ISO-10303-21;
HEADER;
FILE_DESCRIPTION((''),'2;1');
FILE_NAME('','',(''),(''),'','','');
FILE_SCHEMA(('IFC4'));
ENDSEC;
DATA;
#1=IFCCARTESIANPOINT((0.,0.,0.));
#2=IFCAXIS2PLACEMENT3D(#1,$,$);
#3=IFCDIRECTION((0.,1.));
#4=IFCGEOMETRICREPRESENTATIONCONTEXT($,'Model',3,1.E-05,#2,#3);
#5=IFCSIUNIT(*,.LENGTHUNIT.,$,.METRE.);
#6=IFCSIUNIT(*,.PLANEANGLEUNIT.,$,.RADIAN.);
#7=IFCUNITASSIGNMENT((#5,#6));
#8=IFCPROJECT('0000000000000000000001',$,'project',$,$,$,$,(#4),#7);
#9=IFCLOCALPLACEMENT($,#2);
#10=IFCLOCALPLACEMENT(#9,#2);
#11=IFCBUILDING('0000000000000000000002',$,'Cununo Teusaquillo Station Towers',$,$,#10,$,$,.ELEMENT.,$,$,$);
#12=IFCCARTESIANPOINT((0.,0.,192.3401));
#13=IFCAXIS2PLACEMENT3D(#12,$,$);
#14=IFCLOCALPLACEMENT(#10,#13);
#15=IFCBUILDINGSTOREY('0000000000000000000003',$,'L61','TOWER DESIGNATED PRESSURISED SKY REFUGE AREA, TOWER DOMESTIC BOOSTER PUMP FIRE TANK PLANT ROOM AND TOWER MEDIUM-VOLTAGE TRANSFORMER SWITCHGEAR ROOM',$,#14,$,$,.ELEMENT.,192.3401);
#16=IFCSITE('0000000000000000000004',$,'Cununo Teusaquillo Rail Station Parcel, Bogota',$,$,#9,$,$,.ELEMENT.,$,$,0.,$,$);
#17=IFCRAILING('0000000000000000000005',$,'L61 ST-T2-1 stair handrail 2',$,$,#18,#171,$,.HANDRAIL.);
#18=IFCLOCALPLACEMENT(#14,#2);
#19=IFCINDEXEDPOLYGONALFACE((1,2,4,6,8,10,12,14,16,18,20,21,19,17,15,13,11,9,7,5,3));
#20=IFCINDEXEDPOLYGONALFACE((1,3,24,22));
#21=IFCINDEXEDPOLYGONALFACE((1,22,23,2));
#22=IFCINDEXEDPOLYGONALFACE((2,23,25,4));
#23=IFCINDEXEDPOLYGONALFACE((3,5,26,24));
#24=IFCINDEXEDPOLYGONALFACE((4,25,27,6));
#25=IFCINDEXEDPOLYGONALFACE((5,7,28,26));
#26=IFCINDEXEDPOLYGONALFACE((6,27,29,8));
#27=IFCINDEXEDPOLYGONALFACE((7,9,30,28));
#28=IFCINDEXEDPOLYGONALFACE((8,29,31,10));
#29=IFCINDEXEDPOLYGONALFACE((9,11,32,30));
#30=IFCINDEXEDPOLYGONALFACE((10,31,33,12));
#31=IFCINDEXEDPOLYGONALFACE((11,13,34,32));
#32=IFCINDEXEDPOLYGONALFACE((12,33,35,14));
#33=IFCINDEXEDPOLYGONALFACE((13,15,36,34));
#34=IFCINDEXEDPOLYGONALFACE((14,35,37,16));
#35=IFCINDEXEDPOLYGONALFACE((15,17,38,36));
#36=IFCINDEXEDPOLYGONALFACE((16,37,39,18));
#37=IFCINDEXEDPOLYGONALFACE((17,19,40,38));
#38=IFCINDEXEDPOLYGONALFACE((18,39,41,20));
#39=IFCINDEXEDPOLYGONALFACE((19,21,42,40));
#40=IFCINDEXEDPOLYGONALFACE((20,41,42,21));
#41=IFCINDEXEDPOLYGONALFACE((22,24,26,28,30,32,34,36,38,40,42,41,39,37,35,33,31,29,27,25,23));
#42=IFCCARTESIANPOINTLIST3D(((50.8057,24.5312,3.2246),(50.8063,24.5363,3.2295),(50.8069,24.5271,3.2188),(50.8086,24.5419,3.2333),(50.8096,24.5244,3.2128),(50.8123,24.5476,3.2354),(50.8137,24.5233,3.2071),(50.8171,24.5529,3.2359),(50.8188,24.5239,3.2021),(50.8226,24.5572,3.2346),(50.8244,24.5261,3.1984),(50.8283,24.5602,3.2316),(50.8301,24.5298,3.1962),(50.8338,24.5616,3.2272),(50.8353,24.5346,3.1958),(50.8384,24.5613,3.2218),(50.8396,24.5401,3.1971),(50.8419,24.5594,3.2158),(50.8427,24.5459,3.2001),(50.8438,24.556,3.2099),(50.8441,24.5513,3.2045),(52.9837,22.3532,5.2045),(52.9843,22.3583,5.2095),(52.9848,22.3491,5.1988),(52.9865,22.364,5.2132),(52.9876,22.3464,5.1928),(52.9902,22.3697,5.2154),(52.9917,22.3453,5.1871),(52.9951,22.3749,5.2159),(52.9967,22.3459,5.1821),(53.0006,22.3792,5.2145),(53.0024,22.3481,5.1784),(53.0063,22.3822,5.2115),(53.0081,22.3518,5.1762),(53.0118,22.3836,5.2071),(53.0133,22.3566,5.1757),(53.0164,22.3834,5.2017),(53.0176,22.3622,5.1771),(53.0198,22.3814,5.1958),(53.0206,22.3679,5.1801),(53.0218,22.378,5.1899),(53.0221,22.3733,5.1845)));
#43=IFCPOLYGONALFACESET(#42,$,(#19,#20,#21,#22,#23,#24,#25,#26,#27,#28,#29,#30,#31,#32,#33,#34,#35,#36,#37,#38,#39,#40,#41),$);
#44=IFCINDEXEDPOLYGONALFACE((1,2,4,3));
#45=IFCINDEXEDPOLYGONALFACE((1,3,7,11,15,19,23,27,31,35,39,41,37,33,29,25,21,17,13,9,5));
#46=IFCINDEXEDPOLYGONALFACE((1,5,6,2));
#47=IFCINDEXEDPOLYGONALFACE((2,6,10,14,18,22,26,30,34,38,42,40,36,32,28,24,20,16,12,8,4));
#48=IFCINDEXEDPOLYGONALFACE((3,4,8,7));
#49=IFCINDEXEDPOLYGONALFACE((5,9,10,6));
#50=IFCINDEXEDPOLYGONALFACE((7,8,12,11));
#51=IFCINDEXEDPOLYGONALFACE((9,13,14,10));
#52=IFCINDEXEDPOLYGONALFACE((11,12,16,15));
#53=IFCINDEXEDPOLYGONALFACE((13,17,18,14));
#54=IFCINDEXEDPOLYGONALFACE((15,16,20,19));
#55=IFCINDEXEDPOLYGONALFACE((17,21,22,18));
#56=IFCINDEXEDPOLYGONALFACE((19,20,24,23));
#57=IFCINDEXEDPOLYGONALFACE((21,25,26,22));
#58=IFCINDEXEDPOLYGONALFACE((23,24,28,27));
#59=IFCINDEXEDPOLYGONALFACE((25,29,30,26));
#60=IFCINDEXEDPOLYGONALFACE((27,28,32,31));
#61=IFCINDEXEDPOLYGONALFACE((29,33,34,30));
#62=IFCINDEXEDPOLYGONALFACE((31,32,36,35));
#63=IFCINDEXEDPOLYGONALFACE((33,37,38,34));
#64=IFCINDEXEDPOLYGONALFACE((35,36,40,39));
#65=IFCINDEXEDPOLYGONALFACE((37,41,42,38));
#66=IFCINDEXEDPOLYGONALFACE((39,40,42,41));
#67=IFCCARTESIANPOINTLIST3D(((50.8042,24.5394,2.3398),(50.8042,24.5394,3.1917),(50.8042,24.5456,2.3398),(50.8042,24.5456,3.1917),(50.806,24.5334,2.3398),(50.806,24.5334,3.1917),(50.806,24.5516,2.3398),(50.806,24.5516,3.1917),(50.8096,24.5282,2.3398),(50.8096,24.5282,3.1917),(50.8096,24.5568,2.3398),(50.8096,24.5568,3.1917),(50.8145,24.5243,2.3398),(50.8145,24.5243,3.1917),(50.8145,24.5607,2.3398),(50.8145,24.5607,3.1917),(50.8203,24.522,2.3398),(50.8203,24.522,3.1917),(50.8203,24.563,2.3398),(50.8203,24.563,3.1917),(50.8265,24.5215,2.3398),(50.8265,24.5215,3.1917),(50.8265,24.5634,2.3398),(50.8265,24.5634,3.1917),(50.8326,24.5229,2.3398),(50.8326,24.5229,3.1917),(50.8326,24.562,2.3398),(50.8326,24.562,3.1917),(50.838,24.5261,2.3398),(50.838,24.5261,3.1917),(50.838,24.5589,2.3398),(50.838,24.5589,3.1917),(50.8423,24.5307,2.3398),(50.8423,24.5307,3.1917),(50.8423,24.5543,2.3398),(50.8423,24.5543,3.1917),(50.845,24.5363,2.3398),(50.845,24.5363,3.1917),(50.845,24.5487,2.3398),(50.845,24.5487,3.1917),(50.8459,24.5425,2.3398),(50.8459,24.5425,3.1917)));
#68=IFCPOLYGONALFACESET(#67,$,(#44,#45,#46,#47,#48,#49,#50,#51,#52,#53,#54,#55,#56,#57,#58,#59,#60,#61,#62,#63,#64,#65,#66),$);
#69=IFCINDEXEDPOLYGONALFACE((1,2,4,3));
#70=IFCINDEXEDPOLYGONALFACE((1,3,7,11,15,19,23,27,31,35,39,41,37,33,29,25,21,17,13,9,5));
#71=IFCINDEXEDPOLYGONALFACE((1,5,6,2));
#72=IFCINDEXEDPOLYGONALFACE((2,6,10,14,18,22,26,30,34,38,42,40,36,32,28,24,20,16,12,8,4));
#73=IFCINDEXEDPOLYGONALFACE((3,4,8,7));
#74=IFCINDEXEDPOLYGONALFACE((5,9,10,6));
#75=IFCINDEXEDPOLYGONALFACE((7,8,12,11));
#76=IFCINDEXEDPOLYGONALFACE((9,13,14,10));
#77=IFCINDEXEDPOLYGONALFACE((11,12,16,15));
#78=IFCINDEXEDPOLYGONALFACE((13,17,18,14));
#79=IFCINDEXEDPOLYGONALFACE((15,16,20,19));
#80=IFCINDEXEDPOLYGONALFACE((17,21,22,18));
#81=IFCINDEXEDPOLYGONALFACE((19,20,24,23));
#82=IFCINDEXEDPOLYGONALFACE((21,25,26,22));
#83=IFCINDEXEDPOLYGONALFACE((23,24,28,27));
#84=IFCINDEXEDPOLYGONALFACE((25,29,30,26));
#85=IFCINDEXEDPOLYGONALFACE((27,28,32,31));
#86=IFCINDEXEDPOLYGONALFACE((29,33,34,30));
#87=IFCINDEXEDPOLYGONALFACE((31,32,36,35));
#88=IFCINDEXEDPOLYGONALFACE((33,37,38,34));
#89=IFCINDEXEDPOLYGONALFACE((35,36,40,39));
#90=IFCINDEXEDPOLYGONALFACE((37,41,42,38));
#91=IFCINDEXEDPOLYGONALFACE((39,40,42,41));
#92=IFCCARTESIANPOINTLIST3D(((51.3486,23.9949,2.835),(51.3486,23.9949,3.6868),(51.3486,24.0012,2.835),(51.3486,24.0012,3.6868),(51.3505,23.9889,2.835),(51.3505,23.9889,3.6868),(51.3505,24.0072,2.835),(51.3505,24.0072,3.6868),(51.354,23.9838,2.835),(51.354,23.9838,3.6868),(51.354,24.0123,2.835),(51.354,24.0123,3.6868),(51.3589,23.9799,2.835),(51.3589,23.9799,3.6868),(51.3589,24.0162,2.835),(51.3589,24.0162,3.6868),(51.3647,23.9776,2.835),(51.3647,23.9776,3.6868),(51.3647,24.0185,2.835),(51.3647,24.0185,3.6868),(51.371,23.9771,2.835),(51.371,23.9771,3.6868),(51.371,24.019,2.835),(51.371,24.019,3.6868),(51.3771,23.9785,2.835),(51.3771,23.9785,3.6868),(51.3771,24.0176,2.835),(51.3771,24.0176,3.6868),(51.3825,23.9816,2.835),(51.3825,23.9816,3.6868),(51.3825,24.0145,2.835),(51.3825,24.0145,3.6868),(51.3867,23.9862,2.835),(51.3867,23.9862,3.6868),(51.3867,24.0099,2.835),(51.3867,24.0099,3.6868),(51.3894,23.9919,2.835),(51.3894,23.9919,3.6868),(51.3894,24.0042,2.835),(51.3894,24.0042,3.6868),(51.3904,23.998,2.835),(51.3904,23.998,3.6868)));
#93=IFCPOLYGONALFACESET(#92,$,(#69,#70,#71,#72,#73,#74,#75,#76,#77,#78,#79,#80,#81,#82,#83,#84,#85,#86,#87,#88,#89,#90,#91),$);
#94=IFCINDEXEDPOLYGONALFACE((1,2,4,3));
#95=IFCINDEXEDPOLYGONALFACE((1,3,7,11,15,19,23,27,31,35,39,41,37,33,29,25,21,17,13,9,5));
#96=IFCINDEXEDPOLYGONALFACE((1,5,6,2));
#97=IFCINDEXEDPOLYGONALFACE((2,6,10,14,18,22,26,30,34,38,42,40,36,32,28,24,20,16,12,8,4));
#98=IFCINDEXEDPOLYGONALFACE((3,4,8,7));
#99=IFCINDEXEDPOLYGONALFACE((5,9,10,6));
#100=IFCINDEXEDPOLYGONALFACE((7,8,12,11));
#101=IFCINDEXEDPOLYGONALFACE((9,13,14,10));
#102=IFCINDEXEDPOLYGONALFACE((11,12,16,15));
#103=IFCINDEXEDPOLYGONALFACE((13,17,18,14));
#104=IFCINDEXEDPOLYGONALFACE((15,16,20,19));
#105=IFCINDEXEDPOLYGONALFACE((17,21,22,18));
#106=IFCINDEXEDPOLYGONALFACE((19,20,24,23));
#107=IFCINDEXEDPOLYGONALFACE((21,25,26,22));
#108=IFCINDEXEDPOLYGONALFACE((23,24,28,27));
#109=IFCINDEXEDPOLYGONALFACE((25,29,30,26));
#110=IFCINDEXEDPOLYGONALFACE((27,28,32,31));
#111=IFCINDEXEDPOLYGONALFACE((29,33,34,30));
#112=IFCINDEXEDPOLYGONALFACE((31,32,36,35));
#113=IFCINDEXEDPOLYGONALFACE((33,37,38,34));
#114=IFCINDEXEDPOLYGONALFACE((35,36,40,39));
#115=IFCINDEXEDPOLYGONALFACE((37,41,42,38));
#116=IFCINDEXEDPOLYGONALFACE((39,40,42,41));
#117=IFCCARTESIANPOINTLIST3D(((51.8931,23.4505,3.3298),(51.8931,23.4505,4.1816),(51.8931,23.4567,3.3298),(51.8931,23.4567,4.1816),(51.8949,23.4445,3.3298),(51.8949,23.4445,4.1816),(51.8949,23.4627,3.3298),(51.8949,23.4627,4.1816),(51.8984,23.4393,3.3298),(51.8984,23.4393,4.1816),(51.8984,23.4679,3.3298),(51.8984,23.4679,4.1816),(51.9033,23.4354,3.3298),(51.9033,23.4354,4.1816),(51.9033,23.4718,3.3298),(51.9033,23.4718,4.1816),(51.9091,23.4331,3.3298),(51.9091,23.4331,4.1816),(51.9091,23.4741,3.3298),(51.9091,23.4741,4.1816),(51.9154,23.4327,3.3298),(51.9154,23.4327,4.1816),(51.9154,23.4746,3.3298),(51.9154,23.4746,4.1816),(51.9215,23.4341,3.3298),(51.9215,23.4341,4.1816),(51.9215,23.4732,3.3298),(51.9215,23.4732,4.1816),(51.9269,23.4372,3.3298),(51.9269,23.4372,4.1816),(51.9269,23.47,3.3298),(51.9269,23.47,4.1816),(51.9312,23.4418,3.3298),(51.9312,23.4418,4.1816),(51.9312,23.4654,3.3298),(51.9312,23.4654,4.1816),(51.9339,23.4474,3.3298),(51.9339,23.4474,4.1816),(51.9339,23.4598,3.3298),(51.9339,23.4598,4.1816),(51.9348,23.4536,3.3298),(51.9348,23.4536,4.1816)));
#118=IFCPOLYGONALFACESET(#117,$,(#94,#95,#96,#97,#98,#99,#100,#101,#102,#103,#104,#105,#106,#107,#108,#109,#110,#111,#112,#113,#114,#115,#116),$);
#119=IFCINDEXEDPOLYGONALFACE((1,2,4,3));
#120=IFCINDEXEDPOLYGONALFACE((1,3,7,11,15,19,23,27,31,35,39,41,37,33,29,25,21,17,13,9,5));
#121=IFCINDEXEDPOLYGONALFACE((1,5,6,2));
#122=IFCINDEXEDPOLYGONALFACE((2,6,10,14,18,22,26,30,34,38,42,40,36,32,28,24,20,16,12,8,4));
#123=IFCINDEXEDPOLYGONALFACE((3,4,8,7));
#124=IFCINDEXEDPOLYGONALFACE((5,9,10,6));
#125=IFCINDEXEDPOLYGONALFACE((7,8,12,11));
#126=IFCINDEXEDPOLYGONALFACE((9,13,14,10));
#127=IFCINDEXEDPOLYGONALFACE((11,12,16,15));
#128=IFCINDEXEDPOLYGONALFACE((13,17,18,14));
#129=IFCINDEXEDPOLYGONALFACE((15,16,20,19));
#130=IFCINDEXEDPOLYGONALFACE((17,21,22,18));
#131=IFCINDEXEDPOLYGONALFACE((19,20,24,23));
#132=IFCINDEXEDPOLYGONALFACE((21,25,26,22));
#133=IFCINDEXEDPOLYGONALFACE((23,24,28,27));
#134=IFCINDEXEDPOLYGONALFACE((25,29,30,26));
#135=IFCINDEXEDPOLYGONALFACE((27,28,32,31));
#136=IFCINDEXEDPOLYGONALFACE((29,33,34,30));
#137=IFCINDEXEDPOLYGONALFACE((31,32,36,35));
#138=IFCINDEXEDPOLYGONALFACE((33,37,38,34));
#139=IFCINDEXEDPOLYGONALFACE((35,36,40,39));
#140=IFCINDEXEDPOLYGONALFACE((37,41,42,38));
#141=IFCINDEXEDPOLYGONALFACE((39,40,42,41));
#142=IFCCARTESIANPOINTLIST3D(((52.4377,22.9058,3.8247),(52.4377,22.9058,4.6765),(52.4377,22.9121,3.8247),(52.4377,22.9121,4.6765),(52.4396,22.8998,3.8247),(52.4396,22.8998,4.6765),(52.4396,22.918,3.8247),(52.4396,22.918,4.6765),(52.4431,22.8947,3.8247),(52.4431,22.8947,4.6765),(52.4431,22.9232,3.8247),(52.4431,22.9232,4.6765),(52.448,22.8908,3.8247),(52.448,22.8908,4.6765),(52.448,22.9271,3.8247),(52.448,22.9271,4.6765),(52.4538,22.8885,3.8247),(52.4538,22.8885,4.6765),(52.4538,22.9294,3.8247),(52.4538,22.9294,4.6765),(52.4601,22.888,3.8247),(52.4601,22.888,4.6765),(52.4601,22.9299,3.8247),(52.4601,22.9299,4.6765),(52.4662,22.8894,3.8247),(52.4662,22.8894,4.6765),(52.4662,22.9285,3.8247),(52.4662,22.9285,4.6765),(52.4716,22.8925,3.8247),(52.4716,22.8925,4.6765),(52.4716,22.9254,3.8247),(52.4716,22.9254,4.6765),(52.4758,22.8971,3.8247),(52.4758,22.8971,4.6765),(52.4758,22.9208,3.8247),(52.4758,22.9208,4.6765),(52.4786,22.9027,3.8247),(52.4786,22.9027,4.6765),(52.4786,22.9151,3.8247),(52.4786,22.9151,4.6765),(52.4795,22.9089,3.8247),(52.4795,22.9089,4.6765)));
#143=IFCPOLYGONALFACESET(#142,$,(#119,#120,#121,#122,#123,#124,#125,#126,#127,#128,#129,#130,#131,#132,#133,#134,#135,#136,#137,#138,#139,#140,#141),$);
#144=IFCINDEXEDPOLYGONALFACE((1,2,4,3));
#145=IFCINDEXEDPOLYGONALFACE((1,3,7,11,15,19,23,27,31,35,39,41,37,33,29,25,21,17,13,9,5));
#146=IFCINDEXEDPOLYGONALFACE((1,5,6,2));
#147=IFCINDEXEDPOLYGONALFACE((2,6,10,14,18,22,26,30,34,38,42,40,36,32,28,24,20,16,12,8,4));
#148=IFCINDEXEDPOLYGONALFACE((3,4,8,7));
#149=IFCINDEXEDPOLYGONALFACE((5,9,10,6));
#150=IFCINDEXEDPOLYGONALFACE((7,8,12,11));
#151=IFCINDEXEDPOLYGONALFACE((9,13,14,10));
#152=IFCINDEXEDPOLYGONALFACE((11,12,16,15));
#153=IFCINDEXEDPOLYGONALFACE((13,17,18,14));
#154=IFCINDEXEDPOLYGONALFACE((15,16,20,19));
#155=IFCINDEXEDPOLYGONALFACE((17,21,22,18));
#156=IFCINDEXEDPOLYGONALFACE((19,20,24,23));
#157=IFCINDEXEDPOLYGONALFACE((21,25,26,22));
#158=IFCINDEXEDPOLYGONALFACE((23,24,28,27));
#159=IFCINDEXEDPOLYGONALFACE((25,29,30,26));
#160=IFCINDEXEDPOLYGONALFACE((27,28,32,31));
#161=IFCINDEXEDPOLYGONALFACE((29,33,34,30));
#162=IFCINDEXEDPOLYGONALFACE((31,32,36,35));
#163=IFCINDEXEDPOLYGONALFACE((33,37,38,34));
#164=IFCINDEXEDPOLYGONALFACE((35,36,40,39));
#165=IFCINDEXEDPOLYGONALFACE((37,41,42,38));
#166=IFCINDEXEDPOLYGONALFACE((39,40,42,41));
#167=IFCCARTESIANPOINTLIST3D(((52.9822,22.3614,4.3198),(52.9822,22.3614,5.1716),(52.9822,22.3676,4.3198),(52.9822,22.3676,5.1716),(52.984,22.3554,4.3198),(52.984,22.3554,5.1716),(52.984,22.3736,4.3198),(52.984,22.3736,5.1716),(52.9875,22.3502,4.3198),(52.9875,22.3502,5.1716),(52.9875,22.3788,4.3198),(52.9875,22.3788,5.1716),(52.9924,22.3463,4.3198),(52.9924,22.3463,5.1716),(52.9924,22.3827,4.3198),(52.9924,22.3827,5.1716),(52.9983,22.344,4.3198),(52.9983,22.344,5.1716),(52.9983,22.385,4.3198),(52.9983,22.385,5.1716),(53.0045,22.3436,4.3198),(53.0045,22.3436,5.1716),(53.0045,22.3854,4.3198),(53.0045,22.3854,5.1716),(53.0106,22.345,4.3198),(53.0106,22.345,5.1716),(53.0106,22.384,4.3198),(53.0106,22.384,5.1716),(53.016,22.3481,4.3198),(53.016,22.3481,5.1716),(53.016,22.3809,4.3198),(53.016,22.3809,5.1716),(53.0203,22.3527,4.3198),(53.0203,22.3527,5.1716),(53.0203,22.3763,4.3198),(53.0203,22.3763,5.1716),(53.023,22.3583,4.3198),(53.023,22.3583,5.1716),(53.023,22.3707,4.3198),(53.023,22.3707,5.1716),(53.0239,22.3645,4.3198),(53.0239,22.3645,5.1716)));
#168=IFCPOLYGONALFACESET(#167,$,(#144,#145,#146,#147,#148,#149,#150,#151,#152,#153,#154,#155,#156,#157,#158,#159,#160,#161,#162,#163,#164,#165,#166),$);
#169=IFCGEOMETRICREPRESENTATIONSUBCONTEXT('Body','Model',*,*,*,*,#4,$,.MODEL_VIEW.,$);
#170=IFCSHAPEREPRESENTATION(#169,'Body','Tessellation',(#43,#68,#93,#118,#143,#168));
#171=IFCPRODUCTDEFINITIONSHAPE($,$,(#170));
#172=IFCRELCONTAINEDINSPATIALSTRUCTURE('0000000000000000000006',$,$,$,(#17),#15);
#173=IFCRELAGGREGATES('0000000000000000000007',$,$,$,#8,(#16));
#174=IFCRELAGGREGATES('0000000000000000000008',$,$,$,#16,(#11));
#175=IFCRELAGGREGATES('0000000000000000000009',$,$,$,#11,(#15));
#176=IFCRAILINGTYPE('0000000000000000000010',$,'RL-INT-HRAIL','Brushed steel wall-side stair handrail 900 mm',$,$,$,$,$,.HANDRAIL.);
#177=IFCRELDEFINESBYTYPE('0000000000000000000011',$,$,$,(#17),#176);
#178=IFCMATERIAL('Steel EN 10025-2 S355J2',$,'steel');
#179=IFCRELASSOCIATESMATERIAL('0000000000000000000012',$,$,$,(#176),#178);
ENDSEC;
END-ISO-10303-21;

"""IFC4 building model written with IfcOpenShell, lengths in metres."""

from ifc_helpers import new_model, si_unit, direction, frame, origin, origin_2d, place, context, subcontext, project, spatial, circle, extrude, material, type_object, element, save


model = new_model("IFC4")

# Units and contexts
model_context = context("Model", 3, precision=1e-05, world=origin(), true_north=direction((0.0, 1.0)))
body_context = subcontext(model_context, "Body", "Model", "MODEL_VIEW")
ifc_project = project(units=[si_unit("LENGTHUNIT", "METRE"), si_unit("PLANEANGLEUNIT", "RADIAN")], contexts=[model_context])

# Site, building, storey
site_placement = place(None, origin())
site = spatial("IfcSite", under=ifc_project, at=site_placement, Name="Cununo Teusaquillo Rail Station Parcel, Bogota", CompositionType="ELEMENT", RefElevation=0.0)
building_placement = place(site_placement, origin())
building = spatial("IfcBuilding", under=site, at=building_placement, Name="Cununo Teusaquillo Station Towers", CompositionType="ELEMENT")
storey_placement = place(building_placement, frame((0.0, 0.0, 192.3401)))
storey = spatial("IfcBuildingStorey", under=building, at=storey_placement, Name="L61", Description="TOWER DESIGNATED PRESSURISED SKY REFUGE AREA, TOWER DOMESTIC BOOSTER PUMP FIRE TANK PLANT ROOM AND TOWER MEDIUM-VOLTAGE TRANSFORMER SWITCHGEAR ROOM", CompositionType="ELEMENT", Elevation=192.3401)

# Railing
ifc_material_1 = material(Name="Steel EN 10025-2 S355J2", Category="steel")
railing_type_1 = type_object("IfcRailingType", Name="RL-INT-HRAIL", Description="Brushed steel wall-side stair handrail 900 mm", PredefinedType="HANDRAIL", material=ifc_material_1)
railing_1_placement = place(storey_placement, frame((50.825, 24.5425, 2.3398)))
element("IfcRailing", 1, at=railing_1_placement, inside=storey, type_object=railing_type_1, Name="L61 ST-T2-1 stair handrail 2", PredefinedType="HANDRAIL", context=body_context, shape_type="SweptSolid", body=[
    extrude(circle(Radius=0.0239, at=origin_2d()), frame((0.0, 0.0, 0.876), z_axis=(0.594812, -0.594812, 0.540738), x_axis=(0.707107, 0.707107, 0.0)), (0.0, 0.0, 1.0), 3.6616),
    extrude(circle(Radius=0.021, at=origin_2d()), origin(), (0.0, 0.0, 1.0), 0.8518),
    extrude(circle(Radius=0.021, at=origin_2d()), frame((0.5444, -0.5444, 0.4951)), (0.0, 0.0, 1.0), 0.8518),
    extrude(circle(Radius=0.021, at=origin_2d()), frame((1.0889, -1.0889, 0.99)), (0.0, 0.0, 1.0), 0.8518),
    extrude(circle(Radius=0.021, at=origin_2d()), frame((1.6335, -1.6335, 1.4849)), (0.0, 0.0, 1.0), 0.8518),
    extrude(circle(Radius=0.021, at=origin_2d()), frame((2.178, -2.178, 1.98)), (0.0, 0.0, 1.0), 0.8518),
])

save(model, "model.ifc")
